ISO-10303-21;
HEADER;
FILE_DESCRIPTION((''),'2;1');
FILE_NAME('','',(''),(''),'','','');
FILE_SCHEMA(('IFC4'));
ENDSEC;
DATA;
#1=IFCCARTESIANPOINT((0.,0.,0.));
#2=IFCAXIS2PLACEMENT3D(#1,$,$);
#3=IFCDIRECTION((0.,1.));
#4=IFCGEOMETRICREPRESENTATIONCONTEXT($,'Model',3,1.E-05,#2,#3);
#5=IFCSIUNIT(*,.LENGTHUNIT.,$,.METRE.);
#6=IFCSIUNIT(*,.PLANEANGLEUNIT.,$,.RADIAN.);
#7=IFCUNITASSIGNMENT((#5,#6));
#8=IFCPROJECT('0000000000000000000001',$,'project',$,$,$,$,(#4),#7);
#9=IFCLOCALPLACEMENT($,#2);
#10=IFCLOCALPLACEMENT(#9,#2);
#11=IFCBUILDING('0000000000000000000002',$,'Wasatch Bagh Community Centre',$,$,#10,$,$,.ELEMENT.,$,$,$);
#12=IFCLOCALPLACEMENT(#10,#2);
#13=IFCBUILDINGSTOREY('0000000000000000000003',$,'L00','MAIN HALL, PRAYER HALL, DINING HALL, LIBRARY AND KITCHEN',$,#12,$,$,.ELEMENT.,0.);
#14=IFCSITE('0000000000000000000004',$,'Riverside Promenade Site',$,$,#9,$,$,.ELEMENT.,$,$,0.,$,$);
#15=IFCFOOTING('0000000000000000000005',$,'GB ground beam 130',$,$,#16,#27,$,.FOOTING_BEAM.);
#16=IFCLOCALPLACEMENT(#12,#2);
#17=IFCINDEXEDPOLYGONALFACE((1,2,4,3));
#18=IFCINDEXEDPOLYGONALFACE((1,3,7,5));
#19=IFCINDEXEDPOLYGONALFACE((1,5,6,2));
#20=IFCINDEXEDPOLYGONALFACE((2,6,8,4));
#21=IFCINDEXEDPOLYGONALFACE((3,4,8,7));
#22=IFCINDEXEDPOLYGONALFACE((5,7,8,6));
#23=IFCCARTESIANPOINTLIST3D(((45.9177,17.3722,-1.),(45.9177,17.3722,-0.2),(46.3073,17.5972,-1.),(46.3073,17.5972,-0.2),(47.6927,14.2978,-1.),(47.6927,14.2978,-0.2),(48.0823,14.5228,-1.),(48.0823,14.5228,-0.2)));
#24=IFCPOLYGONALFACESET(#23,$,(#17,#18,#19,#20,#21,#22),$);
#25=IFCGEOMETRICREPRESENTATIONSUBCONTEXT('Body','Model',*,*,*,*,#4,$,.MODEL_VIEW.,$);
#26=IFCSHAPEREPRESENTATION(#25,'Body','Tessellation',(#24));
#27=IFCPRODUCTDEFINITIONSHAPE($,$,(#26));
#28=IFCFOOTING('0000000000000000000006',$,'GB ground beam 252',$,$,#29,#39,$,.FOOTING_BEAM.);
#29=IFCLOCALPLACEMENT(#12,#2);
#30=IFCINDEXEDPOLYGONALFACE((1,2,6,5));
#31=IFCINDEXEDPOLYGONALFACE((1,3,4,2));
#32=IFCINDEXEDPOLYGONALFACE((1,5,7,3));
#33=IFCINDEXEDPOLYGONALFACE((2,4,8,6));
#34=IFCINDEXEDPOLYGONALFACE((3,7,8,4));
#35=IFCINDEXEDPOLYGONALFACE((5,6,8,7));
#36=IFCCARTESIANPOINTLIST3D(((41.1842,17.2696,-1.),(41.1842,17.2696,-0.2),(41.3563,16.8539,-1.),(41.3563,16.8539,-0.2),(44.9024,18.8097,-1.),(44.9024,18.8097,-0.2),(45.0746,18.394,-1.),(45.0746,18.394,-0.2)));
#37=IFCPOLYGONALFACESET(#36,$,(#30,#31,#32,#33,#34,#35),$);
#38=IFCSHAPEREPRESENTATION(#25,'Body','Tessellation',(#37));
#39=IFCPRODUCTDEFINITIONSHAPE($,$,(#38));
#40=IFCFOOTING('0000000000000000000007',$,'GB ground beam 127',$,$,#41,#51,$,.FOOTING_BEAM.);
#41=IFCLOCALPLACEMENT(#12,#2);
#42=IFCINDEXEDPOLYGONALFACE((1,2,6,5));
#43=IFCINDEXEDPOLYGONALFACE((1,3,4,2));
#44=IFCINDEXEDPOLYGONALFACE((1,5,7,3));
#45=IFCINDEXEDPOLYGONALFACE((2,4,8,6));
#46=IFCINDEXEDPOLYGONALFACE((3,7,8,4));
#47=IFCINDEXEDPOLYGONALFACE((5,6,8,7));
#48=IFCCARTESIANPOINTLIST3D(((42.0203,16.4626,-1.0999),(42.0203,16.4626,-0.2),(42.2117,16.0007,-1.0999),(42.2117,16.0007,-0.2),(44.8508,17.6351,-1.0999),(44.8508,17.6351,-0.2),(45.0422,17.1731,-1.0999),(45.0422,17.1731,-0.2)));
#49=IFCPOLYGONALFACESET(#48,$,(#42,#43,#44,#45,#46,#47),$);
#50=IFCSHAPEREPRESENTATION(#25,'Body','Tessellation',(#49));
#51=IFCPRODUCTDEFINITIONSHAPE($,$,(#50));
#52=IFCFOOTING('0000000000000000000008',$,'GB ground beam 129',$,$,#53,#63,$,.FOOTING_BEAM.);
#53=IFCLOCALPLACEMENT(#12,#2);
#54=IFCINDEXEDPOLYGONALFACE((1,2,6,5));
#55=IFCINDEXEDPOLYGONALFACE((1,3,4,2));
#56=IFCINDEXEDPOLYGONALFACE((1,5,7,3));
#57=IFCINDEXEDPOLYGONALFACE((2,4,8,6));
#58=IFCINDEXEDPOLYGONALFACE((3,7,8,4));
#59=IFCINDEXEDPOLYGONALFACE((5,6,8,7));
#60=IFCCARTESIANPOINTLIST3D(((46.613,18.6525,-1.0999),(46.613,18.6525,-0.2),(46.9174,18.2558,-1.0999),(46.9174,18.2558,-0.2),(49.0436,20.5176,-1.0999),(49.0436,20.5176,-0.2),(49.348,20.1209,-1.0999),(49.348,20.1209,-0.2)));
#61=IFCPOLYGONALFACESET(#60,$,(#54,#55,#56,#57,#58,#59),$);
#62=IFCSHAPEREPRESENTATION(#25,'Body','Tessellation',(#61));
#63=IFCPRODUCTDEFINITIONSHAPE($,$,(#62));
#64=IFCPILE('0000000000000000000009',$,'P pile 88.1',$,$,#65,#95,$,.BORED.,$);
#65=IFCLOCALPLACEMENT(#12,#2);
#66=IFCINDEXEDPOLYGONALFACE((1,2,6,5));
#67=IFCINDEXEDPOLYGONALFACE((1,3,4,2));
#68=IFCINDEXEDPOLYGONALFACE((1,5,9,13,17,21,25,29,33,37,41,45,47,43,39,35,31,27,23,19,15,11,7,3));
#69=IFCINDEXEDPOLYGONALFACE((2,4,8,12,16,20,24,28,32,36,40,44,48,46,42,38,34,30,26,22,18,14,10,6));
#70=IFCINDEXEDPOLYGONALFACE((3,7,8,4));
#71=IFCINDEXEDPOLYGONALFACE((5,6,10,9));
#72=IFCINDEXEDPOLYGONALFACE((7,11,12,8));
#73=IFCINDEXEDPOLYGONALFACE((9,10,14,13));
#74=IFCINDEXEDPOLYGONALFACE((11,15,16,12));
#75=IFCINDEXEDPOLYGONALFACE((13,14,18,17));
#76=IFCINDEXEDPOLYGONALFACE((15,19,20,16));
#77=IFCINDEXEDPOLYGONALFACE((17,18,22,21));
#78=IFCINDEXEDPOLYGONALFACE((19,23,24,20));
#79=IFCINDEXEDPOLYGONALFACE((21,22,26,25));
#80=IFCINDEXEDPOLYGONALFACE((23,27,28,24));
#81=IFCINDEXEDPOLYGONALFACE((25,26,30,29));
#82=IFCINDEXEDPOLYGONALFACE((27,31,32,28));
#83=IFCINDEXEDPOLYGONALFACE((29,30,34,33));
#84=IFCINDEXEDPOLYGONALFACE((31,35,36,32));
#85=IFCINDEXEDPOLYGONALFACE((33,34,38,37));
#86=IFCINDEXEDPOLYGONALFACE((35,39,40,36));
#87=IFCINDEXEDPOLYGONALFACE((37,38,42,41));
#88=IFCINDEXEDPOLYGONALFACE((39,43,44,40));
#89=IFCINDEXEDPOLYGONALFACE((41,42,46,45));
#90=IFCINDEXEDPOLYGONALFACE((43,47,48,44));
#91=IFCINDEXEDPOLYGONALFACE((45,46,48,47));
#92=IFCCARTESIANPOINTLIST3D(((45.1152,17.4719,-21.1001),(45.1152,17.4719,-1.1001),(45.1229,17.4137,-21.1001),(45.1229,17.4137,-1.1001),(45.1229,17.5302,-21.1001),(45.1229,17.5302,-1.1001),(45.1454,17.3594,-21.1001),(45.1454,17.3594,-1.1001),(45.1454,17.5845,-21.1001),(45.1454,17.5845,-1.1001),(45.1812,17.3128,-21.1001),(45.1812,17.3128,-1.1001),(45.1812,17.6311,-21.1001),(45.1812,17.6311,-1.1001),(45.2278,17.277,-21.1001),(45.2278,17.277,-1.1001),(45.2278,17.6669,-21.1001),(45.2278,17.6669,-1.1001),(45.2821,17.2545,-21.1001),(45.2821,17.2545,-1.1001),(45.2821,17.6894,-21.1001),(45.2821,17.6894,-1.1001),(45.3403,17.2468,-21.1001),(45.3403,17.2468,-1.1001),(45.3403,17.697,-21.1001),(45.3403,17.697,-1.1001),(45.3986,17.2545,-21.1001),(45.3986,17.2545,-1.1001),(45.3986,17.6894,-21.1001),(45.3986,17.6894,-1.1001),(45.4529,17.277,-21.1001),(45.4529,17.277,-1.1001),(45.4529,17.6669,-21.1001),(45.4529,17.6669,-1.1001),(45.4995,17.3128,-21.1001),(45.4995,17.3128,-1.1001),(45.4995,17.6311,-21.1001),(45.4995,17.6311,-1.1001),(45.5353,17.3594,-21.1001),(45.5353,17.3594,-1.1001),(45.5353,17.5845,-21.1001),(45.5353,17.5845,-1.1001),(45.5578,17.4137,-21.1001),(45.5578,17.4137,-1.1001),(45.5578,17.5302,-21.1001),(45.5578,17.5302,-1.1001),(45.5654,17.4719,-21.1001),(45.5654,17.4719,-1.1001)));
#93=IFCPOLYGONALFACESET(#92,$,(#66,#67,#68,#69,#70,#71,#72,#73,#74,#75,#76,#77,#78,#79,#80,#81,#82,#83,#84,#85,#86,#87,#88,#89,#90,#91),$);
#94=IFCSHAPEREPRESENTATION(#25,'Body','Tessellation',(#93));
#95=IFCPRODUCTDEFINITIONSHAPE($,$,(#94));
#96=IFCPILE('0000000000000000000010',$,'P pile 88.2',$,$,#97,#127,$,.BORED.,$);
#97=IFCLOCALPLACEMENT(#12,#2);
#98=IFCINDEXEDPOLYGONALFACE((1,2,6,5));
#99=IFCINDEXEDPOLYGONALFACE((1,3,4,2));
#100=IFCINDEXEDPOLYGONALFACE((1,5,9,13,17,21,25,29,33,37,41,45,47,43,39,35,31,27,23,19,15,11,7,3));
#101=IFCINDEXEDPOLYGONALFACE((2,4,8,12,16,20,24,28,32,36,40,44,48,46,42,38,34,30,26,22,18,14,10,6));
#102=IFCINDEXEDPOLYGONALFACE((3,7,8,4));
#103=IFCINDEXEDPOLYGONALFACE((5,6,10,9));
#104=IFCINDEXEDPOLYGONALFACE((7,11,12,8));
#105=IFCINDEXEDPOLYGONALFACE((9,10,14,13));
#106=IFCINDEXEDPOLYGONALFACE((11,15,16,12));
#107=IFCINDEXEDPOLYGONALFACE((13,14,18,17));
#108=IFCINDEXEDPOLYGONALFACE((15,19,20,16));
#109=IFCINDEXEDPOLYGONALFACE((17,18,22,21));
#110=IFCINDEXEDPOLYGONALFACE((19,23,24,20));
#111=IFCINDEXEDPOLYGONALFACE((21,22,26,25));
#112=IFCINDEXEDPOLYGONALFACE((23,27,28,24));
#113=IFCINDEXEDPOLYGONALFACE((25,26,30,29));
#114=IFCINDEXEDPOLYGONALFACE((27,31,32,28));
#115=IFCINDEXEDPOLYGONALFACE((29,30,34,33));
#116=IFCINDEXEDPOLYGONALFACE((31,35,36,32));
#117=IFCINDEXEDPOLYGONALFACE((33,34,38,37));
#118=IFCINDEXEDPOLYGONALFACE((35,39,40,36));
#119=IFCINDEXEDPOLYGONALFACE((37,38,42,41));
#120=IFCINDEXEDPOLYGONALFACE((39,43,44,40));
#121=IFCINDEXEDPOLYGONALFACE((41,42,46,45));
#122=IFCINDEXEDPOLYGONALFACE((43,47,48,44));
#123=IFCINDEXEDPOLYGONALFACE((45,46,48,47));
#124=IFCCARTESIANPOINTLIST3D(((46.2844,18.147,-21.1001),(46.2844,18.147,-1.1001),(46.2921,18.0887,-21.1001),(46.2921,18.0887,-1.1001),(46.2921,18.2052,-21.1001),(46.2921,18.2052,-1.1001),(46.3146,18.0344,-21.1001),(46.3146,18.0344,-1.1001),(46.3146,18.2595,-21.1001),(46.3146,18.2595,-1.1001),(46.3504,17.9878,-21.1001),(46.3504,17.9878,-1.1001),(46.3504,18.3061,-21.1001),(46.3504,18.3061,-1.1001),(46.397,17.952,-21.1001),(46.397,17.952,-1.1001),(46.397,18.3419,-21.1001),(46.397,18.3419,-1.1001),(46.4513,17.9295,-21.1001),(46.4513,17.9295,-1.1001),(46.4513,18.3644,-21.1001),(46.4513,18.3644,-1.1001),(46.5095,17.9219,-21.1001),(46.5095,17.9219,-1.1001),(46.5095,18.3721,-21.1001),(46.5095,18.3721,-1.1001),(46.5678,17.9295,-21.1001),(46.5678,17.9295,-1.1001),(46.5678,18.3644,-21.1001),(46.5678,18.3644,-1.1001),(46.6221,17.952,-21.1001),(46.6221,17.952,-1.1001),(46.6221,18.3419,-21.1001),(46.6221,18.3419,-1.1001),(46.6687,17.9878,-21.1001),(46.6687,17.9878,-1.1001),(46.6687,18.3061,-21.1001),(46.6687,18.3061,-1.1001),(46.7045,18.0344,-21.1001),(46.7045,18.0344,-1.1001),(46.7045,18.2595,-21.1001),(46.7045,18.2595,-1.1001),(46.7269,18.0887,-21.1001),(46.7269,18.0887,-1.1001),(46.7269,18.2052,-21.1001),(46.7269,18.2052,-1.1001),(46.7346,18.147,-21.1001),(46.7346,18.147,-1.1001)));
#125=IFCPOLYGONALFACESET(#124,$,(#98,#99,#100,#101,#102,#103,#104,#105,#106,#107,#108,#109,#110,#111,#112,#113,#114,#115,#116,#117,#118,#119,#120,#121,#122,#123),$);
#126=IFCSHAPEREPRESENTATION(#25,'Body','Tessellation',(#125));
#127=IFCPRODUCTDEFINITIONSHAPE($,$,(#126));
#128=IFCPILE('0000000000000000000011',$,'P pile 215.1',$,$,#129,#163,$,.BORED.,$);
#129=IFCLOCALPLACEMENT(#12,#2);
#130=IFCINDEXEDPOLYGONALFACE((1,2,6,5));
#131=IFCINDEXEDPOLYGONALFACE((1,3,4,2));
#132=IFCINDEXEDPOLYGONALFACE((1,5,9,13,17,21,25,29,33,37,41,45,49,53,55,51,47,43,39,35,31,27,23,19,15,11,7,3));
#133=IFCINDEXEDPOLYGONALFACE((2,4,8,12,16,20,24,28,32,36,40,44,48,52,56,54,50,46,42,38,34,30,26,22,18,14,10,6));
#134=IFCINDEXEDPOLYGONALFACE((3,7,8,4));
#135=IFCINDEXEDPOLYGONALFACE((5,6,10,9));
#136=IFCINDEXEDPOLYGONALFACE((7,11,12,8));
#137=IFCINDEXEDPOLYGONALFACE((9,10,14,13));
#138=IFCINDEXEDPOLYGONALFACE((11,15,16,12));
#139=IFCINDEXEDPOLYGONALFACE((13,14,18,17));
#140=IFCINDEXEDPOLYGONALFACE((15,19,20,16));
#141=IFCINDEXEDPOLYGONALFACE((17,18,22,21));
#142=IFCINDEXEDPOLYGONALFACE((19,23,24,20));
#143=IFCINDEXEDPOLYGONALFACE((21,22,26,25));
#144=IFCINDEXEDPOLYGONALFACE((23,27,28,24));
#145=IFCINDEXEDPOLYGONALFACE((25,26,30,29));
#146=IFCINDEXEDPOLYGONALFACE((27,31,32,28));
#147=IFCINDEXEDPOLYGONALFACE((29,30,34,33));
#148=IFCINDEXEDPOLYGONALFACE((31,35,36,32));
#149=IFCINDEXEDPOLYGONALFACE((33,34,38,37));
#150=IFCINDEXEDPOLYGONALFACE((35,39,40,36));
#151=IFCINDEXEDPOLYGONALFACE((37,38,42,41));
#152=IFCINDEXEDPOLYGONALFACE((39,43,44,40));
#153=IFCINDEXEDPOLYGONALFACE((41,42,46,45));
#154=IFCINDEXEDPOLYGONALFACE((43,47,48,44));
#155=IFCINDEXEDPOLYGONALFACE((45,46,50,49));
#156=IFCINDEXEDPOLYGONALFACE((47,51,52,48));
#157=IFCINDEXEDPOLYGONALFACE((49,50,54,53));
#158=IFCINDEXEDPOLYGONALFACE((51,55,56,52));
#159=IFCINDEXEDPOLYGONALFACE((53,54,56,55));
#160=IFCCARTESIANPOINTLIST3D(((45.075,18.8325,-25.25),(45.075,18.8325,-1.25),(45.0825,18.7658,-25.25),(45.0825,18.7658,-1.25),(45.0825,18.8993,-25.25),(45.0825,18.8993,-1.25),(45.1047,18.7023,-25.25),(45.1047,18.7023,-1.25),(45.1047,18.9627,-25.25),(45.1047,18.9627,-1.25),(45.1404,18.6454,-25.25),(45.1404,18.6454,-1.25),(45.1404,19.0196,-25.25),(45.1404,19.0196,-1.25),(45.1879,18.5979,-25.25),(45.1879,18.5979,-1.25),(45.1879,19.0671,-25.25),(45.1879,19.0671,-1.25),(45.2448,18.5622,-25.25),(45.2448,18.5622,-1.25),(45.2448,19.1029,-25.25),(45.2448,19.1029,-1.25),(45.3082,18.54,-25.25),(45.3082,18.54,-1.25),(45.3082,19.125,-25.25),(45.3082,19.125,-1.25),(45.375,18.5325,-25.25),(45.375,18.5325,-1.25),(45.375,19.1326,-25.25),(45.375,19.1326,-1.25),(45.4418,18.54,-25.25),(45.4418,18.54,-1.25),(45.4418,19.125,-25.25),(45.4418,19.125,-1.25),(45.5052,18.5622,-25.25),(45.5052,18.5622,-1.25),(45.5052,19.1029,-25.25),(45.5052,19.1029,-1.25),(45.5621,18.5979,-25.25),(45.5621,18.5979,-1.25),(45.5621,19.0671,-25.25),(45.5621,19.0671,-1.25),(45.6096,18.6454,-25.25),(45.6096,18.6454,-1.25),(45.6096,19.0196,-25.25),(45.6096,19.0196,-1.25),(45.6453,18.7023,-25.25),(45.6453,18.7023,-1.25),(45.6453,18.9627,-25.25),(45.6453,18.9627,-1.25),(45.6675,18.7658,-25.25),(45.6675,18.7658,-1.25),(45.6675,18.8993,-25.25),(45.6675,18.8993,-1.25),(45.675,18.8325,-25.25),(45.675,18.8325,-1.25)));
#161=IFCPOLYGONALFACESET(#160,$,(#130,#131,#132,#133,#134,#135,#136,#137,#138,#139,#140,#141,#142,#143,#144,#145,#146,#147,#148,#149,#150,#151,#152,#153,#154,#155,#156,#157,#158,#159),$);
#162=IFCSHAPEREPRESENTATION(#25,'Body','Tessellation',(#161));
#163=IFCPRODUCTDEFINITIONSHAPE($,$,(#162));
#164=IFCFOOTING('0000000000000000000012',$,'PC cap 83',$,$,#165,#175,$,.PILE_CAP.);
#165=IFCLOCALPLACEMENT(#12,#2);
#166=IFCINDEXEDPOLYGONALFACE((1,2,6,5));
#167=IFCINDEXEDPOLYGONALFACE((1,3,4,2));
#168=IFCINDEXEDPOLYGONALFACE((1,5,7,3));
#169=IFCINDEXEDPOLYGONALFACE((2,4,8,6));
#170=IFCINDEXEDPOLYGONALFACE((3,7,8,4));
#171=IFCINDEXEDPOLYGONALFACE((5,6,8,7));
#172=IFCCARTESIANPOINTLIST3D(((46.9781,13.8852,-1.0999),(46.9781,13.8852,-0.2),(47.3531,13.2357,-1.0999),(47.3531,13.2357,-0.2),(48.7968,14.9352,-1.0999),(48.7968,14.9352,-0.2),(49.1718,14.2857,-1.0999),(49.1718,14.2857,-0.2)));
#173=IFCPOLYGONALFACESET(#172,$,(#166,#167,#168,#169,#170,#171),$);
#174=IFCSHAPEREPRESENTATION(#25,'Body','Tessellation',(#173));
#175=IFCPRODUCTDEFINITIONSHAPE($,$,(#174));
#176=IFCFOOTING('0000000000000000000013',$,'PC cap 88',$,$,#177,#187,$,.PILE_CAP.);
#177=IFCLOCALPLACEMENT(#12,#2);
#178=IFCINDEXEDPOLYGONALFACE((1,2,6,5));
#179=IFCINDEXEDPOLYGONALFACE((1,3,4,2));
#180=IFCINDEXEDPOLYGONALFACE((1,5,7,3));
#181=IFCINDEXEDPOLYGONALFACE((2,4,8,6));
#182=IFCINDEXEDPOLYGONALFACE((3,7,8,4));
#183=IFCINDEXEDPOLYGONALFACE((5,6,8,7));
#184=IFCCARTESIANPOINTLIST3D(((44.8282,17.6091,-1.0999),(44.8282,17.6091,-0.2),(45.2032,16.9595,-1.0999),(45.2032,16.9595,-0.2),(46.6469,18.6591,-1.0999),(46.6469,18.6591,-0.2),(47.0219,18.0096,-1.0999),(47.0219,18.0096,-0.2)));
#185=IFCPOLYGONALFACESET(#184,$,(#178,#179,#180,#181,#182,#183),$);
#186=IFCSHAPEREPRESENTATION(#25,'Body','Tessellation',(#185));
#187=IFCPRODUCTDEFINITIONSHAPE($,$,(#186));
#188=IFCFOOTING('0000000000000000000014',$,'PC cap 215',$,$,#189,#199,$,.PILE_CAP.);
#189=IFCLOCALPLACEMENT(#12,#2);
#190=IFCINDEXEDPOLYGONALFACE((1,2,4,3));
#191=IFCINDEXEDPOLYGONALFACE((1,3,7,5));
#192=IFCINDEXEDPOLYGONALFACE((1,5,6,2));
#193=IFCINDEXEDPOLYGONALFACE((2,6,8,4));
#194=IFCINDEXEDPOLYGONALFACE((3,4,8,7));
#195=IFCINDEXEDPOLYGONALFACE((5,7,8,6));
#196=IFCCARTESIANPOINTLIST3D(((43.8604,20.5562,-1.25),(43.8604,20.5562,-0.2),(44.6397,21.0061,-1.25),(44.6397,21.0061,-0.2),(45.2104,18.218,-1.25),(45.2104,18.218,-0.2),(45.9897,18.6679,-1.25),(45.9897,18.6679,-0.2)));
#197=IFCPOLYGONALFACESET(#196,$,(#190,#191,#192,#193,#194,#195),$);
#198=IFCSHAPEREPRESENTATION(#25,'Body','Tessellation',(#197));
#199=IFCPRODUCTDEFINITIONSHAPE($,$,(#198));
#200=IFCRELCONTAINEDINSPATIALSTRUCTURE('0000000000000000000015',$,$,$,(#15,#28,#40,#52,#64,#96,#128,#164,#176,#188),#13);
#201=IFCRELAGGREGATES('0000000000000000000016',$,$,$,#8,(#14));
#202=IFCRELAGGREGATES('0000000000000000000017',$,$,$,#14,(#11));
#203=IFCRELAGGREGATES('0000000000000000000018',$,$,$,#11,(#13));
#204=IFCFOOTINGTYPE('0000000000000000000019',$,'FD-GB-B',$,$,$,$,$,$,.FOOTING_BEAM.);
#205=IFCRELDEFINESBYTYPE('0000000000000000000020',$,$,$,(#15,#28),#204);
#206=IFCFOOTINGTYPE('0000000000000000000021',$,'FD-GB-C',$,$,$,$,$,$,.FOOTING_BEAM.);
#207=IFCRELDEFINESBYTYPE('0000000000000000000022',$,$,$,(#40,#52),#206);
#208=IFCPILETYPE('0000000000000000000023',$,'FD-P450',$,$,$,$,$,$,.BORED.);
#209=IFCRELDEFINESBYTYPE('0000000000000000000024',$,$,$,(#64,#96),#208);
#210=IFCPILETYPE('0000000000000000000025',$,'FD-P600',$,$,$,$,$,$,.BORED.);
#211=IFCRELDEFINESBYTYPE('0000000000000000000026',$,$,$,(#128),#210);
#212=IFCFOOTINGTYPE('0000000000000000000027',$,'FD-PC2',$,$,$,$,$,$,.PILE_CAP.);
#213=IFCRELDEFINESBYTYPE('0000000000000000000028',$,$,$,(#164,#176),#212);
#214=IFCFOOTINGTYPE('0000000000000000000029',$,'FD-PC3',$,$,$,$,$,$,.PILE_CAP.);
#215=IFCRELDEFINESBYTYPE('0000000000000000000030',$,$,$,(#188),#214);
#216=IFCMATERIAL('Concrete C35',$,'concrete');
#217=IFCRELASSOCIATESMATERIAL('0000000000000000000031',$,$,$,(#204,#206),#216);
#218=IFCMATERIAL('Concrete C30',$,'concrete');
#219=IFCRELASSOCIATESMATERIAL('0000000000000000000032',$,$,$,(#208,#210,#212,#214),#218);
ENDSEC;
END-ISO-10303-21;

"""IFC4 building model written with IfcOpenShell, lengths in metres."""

from ifc_helpers import new_model, si_unit, direction, frame, origin, origin_2d, place, context, subcontext, project, spatial, rectangle, circle, extrude, material, material_profile, profile_set, type_object, element, save


model = new_model("IFC4")

# Units and contexts
model_context = context("Model", 3, precision=1e-05, world=origin(), true_north=direction((0.0, 1.0)))
body_context = subcontext(model_context, "Body", "Model", "MODEL_VIEW")
ifc_project = project(units=[si_unit("LENGTHUNIT", "METRE"), si_unit("PLANEANGLEUNIT", "RADIAN")], contexts=[model_context])

# Site, building, storey
site_placement = place(None, origin())
site = spatial("IfcSite", under=ifc_project, at=site_placement, Name="Riverside Promenade Site", CompositionType="ELEMENT", RefElevation=0.0)
building_placement = place(site_placement, origin())
building = spatial("IfcBuilding", under=site, at=building_placement, Name="Wasatch Bagh Community Centre", CompositionType="ELEMENT")
storey_placement = place(building_placement, origin())
storey = spatial("IfcBuildingStorey", under=building, at=storey_placement, Name="L00", Description="MAIN HALL, PRAYER HALL, DINING HALL, LIBRARY AND KITCHEN", CompositionType="ELEMENT", Elevation=0.0)

# Footings
ifc_material_1 = material(Name="Concrete C35", Category="concrete")
footing_type_1 = type_object("IfcFootingType", Name="FD-GB-B", PredefinedType="FOOTING_BEAM", material=ifc_material_1)
footing_1_placement = place(storey_placement, frame((47.0, 15.9475, -1.0), z_axis=(0.0, 0.0, 1.0), x_axis=(0.5, -0.866025, 0.0)))
element("IfcFooting", 1, at=footing_1_placement, inside=storey, type_object=footing_type_1, Name="GB ground beam 130", PredefinedType="FOOTING_BEAM", context=body_context, shape_type="SweptSolid", body=[
    extrude(rectangle(XDim=3.55, YDim=0.45, at=origin_2d()), origin(), (0.0, 0.0, 1.0), 0.8),
])
footing_2_placement = place(storey_placement, frame((43.1294, 17.8318, -1.0), z_axis=(0.0, 0.0, 1.0), x_axis=(0.92388, 0.382683, 0.0)))
element("IfcFooting", 2, at=footing_2_placement, inside=storey, type_object=footing_type_1, Name="GB ground beam 252", PredefinedType="FOOTING_BEAM", context=body_context, shape_type="SweptSolid", body=[
    extrude(rectangle(XDim=4.0247, YDim=0.45, at=origin_2d()), origin(), (0.0, 0.0, 1.0), 0.8),
])
footing_type_2 = type_object("IfcFootingType", Name="FD-GB-C", PredefinedType="FOOTING_BEAM", material=ifc_material_1)
for number, where, z_axis, x_axis, name in (
    (3, (43.5312, 16.8179, -1.0999), (0.0, 0.0, 1.0), (0.92388, 0.382683, 0.0), "GB ground beam 127"),
    (4, (47.9805, 19.3867, -1.0999), (0.0, 0.0, 1.0), (0.793353, 0.608761, 0.0), "GB ground beam 129"),
):
    element("IfcFooting", number, at=place(storey_placement, frame(where, z_axis=z_axis, x_axis=x_axis)), inside=storey, type_object=footing_type_2, Name=name, PredefinedType="FOOTING_BEAM", context=body_context, shape_type="SweptSolid", body=[
        extrude(rectangle(XDim=3.0637, YDim=0.5, at=origin_2d()), origin(), (0.0, 0.0, 1.0), 0.8999),
    ])

# Piles
ifc_material_2 = material(Name="Concrete C30", Category="concrete")
ifc_material_profile_1 = material_profile(ifc_material_2, circle(Radius=0.2251, at=origin_2d()), Name="RC D450")
ifc_profile_set_1 = profile_set([ifc_material_profile_1], Name="Concrete C30")
pile_type_1 = type_object("IfcPileType", Name="FD-P450", PredefinedType="BORED", material=ifc_profile_set_1)
for number, where, z_axis, x_axis, name in (
    (5, (45.3403, 17.4719, -1.1001), (0.0, 0.0, -1.0), (1.0, 0.0, 0.0), "P pile 88.1"),
    (6, (46.5095, 18.147, -1.1001), (0.0, 0.0, -1.0), (1.0, 0.0, 0.0), "P pile 88.2"),
):
    element("IfcPile", number, at=place(storey_placement, frame(where, z_axis=z_axis, x_axis=x_axis)), inside=storey, type_object=pile_type_1, Name=name, PredefinedType="BORED", context=body_context, shape_type="SweptSolid", body=[
        extrude(circle(Radius=0.2251, at=origin_2d()), origin(), (0.0, 0.0, 1.0), 20.0),
    ])
ifc_material_profile_2 = material_profile(ifc_material_2, circle(Radius=0.3, at=origin_2d()), Name="RC D600")
ifc_profile_set_2 = profile_set([ifc_material_profile_2], Name="Concrete C30")
pile_type_2 = type_object("IfcPileType", Name="FD-P600", PredefinedType="BORED", material=ifc_profile_set_2)
pile_placement = place(storey_placement, frame((45.375, 18.8325, -1.25), z_axis=(0.0, 0.0, -1.0), x_axis=(1.0, 0.0, 0.0)))
element("IfcPile", 7, at=pile_placement, inside=storey, type_object=pile_type_2, Name="P pile 215.1", PredefinedType="BORED", context=body_context, shape_type="SweptSolid", body=[
    extrude(circle(Radius=0.3, at=origin_2d()), origin(), (0.0, 0.0, 1.0), 24.0),
])

# Footings
footing_type_3 = type_object("IfcFootingType", Name="FD-PC2", PredefinedType="PILE_CAP", material=ifc_material_2)
for number, where, z_axis, x_axis, name in (
    (8, (48.075, 14.0854, -1.0999), (0.0, 0.0, 1.0), (0.866025, 0.5, 0.0), "PC cap 83"),
    (9, (45.925, 17.8093, -1.0999), (0.0, 0.0, 1.0), (0.866025, 0.5, 0.0), "PC cap 88"),
):
    element("IfcFooting", number, at=place(storey_placement, frame(where, z_axis=z_axis, x_axis=x_axis)), inside=storey, type_object=footing_type_3, Name=name, PredefinedType="PILE_CAP", context=body_context, shape_type="SweptSolid", body=[
        extrude(rectangle(XDim=2.1001, YDim=0.75, at=origin_2d()), origin(), (0.0, 0.0, 1.0), 0.8999),
    ])
footing_type_4 = type_object("IfcFootingType", Name="FD-PC3", PredefinedType="PILE_CAP", material=ifc_material_2)
footing_3_placement = place(storey_placement, frame((44.925, 19.6121, -1.25), z_axis=(0.0, 0.0, 1.0), x_axis=(-0.5, 0.866025, 0.0)))
element("IfcFooting", 10, at=footing_3_placement, inside=storey, type_object=footing_type_4, Name="PC cap 215", PredefinedType="PILE_CAP", context=body_context, shape_type="SweptSolid", body=[
    extrude(rectangle(XDim=2.7, YDim=0.8999, at=origin_2d()), origin(), (0.0, 0.0, 1.0), 1.05),
])

save(model, "model.ifc")
